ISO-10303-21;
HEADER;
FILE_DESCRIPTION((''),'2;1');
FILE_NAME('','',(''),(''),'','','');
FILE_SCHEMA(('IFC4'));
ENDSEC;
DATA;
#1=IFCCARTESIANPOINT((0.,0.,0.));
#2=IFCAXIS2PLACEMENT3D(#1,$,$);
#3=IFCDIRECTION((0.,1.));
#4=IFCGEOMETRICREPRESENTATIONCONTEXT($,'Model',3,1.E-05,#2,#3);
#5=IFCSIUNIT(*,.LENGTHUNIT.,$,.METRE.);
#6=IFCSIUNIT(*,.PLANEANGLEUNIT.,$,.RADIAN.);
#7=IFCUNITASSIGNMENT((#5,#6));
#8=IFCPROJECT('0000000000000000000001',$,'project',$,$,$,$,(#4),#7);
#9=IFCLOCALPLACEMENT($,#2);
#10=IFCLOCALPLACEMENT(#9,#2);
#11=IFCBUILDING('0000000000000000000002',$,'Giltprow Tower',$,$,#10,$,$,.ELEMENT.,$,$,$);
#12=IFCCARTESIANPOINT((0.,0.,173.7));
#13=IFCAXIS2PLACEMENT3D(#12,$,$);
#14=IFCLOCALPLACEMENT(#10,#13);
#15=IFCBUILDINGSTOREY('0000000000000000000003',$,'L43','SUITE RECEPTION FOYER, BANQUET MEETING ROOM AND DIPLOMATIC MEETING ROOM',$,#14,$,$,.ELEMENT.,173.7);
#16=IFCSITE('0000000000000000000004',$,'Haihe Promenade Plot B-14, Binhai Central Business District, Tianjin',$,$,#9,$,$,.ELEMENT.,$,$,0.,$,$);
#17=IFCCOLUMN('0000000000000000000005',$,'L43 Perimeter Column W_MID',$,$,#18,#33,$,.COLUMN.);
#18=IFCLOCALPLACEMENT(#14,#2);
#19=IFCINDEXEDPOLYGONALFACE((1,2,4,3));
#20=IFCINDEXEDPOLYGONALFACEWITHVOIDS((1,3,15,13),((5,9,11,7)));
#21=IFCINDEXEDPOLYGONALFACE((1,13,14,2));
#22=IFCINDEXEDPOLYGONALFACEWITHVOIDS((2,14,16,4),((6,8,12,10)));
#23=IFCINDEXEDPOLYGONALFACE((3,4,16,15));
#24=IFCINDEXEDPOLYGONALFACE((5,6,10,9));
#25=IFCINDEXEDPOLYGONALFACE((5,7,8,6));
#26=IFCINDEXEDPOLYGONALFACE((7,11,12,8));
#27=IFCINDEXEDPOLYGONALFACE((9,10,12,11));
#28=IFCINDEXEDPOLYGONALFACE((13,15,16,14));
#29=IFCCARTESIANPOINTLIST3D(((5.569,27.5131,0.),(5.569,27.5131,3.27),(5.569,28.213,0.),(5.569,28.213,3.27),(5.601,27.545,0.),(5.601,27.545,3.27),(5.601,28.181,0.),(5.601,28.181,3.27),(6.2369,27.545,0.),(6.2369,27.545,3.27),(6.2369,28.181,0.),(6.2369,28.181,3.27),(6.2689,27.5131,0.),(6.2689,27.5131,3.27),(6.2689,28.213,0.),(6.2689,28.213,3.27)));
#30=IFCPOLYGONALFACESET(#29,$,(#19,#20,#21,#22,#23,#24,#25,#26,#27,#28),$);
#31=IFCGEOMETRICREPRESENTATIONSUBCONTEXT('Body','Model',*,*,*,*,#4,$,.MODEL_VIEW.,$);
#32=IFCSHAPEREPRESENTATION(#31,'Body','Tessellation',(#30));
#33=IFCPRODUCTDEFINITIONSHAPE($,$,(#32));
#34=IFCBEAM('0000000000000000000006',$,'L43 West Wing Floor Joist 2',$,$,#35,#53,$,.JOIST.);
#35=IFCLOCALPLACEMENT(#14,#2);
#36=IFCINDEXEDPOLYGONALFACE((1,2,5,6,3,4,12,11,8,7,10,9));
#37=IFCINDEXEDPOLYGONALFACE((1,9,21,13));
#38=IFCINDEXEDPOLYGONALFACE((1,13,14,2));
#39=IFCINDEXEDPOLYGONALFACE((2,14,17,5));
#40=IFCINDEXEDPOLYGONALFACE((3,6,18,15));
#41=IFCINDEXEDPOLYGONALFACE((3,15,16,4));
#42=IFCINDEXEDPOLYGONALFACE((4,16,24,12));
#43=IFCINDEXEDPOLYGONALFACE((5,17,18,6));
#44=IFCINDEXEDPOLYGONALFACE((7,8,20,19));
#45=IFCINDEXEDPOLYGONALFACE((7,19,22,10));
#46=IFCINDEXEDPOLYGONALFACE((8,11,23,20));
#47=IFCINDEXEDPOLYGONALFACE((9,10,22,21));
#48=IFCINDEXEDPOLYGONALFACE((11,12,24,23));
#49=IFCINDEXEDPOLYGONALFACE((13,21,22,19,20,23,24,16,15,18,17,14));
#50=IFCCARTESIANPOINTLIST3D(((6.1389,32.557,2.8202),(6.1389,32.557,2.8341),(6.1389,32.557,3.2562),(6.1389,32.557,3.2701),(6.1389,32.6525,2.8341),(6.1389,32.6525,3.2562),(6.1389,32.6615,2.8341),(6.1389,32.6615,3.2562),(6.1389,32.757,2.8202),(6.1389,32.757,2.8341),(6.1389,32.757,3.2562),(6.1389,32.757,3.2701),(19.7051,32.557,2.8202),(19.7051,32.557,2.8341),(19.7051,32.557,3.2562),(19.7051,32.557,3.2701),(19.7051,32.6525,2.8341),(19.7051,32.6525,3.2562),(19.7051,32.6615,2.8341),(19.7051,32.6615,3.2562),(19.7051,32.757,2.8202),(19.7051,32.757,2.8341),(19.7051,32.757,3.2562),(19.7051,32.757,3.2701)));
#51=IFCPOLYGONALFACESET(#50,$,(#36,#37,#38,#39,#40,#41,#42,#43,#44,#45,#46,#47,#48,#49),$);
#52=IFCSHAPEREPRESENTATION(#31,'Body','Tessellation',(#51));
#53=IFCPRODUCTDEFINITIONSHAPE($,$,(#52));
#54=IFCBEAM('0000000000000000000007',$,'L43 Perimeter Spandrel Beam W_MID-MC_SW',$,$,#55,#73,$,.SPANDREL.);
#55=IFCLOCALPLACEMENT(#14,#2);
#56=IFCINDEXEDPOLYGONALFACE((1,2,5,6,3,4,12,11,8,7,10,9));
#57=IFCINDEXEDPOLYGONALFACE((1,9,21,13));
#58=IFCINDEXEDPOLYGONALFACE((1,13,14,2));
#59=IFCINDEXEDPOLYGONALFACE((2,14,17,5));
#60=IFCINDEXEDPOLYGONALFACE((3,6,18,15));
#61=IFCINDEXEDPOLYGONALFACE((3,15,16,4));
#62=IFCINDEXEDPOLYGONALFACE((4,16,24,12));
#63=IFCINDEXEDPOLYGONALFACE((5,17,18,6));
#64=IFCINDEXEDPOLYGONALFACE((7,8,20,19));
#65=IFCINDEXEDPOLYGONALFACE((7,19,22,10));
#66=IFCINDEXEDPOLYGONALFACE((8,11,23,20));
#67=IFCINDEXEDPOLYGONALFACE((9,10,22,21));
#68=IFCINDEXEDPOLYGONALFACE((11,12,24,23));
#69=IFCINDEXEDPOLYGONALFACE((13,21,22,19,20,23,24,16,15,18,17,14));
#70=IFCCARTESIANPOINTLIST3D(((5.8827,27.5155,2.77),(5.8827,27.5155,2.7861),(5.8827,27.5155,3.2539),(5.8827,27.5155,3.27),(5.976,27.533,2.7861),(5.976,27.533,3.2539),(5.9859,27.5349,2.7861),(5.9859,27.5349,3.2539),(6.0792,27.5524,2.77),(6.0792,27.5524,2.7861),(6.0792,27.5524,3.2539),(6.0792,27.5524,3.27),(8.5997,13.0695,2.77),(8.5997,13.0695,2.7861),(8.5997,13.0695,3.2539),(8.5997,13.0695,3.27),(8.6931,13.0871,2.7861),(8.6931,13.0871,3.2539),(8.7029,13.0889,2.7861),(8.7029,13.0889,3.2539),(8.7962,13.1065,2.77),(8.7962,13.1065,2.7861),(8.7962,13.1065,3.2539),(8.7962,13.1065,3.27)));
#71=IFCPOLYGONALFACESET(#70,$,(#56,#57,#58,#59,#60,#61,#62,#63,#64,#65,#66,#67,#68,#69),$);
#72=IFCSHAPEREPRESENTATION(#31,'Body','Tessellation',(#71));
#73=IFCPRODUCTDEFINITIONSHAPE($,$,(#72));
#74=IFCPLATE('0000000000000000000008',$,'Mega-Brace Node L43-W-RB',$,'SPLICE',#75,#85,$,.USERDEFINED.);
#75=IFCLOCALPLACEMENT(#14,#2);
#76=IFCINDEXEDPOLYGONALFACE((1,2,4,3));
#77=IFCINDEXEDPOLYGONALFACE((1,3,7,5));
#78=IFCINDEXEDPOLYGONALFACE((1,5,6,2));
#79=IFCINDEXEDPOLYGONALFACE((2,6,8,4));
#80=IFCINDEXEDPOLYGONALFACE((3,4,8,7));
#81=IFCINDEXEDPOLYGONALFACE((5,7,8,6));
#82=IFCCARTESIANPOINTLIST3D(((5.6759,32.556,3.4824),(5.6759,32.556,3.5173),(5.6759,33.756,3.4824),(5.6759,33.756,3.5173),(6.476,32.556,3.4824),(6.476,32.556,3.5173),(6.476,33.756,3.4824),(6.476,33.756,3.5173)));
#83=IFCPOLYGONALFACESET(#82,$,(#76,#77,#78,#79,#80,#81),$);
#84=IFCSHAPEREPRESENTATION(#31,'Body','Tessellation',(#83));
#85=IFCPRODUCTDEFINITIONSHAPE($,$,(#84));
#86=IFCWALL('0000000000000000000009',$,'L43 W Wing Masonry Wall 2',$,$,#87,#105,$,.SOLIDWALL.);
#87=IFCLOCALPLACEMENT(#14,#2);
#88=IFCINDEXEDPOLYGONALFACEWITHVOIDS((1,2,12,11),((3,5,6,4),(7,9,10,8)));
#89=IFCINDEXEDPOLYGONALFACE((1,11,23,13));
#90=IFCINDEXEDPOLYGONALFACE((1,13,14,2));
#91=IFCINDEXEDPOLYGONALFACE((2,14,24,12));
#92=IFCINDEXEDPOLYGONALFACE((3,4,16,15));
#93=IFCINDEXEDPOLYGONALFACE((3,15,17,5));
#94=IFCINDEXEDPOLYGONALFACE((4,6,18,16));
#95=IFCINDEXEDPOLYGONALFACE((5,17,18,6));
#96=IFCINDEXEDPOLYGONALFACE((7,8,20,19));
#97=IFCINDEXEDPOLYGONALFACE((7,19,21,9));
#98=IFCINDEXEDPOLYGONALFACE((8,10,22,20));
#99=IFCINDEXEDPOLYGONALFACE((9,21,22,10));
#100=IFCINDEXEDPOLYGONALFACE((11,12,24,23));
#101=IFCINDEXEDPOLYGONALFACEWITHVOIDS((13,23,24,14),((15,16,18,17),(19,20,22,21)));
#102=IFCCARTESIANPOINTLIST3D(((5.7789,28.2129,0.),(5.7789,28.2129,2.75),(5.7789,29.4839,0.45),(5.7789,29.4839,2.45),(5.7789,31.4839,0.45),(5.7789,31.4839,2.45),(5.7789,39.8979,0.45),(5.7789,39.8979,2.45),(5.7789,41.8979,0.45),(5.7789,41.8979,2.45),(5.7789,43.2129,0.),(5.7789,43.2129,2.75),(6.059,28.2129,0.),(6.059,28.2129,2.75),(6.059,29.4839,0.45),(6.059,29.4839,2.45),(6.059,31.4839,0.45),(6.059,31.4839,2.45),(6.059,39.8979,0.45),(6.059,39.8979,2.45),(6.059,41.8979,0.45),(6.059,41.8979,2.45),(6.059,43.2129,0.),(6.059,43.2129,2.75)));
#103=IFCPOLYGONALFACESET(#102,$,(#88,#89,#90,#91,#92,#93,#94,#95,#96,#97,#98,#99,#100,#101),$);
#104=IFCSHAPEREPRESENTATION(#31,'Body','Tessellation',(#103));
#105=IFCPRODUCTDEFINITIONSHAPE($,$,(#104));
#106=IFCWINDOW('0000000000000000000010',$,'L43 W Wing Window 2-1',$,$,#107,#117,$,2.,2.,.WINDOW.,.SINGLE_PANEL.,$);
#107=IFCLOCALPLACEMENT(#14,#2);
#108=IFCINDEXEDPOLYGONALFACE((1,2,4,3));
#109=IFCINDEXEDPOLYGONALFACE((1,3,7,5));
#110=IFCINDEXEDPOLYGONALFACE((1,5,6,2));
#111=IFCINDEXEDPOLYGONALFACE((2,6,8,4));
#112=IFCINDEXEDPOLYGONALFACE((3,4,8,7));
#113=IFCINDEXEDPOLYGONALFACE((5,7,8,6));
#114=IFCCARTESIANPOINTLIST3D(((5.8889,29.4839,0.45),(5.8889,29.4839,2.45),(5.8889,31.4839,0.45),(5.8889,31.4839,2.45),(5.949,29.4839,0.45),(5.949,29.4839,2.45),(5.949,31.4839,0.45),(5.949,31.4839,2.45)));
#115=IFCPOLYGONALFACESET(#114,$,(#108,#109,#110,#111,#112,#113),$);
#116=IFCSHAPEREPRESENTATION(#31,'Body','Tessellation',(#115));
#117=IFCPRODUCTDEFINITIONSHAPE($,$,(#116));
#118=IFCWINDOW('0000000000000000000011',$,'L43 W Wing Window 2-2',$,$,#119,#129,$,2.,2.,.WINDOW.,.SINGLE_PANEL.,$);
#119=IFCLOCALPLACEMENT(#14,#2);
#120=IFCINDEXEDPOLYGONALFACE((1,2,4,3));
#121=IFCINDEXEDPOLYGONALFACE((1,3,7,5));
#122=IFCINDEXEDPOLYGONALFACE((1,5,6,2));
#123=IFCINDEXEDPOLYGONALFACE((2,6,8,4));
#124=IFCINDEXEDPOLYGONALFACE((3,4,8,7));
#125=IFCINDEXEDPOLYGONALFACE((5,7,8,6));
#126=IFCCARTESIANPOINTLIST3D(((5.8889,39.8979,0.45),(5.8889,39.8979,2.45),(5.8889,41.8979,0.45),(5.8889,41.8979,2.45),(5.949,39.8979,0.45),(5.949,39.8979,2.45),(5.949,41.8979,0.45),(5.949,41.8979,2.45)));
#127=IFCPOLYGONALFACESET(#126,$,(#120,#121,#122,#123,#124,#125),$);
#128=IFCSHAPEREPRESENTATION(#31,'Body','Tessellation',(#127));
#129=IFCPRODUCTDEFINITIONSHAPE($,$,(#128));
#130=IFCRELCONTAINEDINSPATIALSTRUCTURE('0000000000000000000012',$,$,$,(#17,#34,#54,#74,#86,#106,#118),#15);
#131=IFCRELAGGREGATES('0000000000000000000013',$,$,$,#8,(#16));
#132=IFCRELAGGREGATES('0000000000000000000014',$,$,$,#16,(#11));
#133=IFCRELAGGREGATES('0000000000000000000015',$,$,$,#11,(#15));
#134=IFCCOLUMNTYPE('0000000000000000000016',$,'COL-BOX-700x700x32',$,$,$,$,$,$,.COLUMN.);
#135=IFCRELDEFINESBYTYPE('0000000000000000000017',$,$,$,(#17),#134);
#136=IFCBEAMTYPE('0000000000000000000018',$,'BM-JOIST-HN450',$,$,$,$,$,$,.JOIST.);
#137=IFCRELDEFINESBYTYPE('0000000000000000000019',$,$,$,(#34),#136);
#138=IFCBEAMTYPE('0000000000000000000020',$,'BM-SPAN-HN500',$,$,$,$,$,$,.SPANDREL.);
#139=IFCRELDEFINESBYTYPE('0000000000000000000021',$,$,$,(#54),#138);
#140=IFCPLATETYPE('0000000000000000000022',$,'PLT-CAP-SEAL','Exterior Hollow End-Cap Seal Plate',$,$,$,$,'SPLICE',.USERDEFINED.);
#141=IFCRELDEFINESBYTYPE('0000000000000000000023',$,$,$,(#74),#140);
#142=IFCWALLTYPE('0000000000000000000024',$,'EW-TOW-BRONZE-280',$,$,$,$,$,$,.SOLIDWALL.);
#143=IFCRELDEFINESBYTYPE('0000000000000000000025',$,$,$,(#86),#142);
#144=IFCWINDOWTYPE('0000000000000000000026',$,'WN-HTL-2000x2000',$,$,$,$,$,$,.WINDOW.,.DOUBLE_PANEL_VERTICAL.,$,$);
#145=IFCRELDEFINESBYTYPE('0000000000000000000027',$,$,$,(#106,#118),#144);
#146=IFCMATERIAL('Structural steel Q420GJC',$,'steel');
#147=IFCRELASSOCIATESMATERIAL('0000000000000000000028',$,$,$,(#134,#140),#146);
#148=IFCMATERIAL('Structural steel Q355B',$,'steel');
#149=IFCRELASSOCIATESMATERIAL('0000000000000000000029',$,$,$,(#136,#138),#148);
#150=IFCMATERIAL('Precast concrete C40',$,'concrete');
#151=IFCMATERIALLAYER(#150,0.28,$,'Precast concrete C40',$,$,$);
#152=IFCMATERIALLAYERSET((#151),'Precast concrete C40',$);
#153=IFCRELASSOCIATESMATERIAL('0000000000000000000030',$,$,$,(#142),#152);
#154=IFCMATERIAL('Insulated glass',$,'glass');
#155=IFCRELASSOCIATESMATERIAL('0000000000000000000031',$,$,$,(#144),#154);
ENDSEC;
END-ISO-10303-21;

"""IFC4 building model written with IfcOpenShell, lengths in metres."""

from ifc_helpers import new_model, si_unit, direction, frame, frame_2d, origin, origin_2d, place, context, subcontext, project, spatial, rectangle, hollow_rectangle, i_section, extrude, source, transform, mapped, material, layer, layer_set, material_profile, profile_set, type_object, element, fill, save


model = new_model("IFC4")

# Units and contexts
model_context = context("Model", 3, precision=1e-05, world=origin(), true_north=direction((0.0, 1.0)))
body_context = subcontext(model_context, "Body", "Model", "MODEL_VIEW")
ifc_project = project(units=[si_unit("LENGTHUNIT", "METRE"), si_unit("PLANEANGLEUNIT", "RADIAN")], contexts=[model_context])

# Site, building, storey
site_placement = place(None, origin())
site = spatial("IfcSite", under=ifc_project, at=site_placement, Name="Haihe Promenade Plot B-14, Binhai Central Business District, Tianjin", CompositionType="ELEMENT", RefElevation=0.0)
building_placement = place(site_placement, origin())
building = spatial("IfcBuilding", under=site, at=building_placement, Name="Giltprow Tower", CompositionType="ELEMENT")
storey_placement = place(building_placement, frame((0.0, 0.0, 173.7)))
storey = spatial("IfcBuildingStorey", under=building, at=storey_placement, Name="L43", Description="SUITE RECEPTION FOYER, BANQUET MEETING ROOM AND DIPLOMATIC MEETING ROOM", CompositionType="ELEMENT", Elevation=173.7)

# Column
ifc_material_1 = material(Name="Structural steel Q420GJC", Category="steel")
ifc_material_profile_1 = material_profile(ifc_material_1, hollow_rectangle(XDim=0.7, YDim=0.7, WallThickness=0.032, at=origin_2d()), Name="BOX 700x700x32")
ifc_profile_set_1 = profile_set([ifc_material_profile_1], Name="Structural steel Q420GJC")
column_type = type_object("IfcColumnType", Name="COL-BOX-700x700x32", PredefinedType="COLUMN", material=ifc_profile_set_1)
shared_shape_1 = source(origin(), body_context, "Body", "SweptSolid", [
    extrude(hollow_rectangle(XDim=0.7, YDim=0.7, WallThickness=0.032, at=origin_2d()), origin(), (0.0, 0.0, 1.0), 3.27),
])
column_placement = place(storey_placement, frame((5.9189, 27.863, 0.0), z_axis=(0.0, 0.0, 1.0), x_axis=(1.0, 0.0, 0.0)))
element("IfcColumn", 1, at=column_placement, inside=storey, type_object=column_type, Name="L43 Perimeter Column W_MID", PredefinedType="COLUMN", context=body_context, shape_type="MappedRepresentation", body=[
    mapped(shared_shape_1, transform((0.0, 0.0, 0.0), x_axis=(1.0, 0.0, 0.0), y_axis=(0.0, 1.0, 0.0), z_axis=(0.0, 0.0, 1.0), scale=1.0)),
])

# Beams
ifc_material_2 = material(Name="Structural steel Q355B", Category="steel")
ifc_material_profile_2 = material_profile(ifc_material_2, i_section(OverallWidth=0.2, OverallDepth=0.45, WebThickness=0.009, FlangeThickness=0.0139, at=origin_2d()), Name="HN 450x200x9x14")
ifc_profile_set_2 = profile_set([ifc_material_profile_2], Name="Structural steel Q355B")
beam_type_1 = type_object("IfcBeamType", Name="BM-JOIST-HN450", PredefinedType="JOIST", material=ifc_profile_set_2)
shared_shape_2 = source(origin(), body_context, "Body", "SweptSolid", [
    extrude(i_section(OverallWidth=0.2, OverallDepth=0.45, WebThickness=0.009, FlangeThickness=0.0139, at=origin_2d()), origin(), (0.0, 0.0, 1.0), 13.5662),
])
beam_1_placement = place(storey_placement, frame((6.1389, 32.657, 3.0452), z_axis=(1.0, 0.0, 0.0), x_axis=(0.0, 1.0, 0.0)))
element("IfcBeam", 2, at=beam_1_placement, inside=storey, type_object=beam_type_1, Name="L43 West Wing Floor Joist 2", PredefinedType="JOIST", context=body_context, shape_type="MappedRepresentation", body=[
    mapped(shared_shape_2, transform((0.0, 0.0, 0.0), x_axis=(1.0, 0.0, 0.0), y_axis=(0.0, 1.0, 0.0), z_axis=(0.0, 0.0, 1.0), scale=1.0)),
])
ifc_material_profile_3 = material_profile(ifc_material_2, i_section(OverallWidth=0.2, OverallDepth=0.5, WebThickness=0.01, FlangeThickness=0.0161, at=origin_2d()), Name="HN 500x200x10x16")
ifc_profile_set_3 = profile_set([ifc_material_profile_3], Name="Structural steel Q355B")
beam_type_2 = type_object("IfcBeamType", Name="BM-SPAN-HN500", PredefinedType="SPANDREL", material=ifc_profile_set_3)
shared_shape_3 = source(origin(), body_context, "Body", "SweptSolid", [
    extrude(i_section(OverallWidth=0.2, OverallDepth=0.5, WebThickness=0.01, FlangeThickness=0.0161, at=origin_2d()), origin(), (0.0, 0.0, 1.0), 14.6992),
])
beam_2_placement = place(storey_placement, frame((5.981, 27.5339, 3.02), z_axis=(0.184841, -0.982768, 0.0), x_axis=(0.982768, 0.184841, 0.0)))
element("IfcBeam", 3, at=beam_2_placement, inside=storey, type_object=beam_type_2, Name="L43 Perimeter Spandrel Beam W_MID-MC_SW", PredefinedType="SPANDREL", context=body_context, shape_type="MappedRepresentation", body=[
    mapped(shared_shape_3, transform((0.0, 0.0, 0.0), x_axis=(1.0, 0.0, 0.0), y_axis=(0.0, 1.0, 0.0), z_axis=(0.0, 0.0, 1.0), scale=1.0)),
])

# Plate
plate_type = type_object("IfcPlateType", Name="PLT-CAP-SEAL", Description="Exterior Hollow End-Cap Seal Plate", ElementType="SPLICE", PredefinedType="USERDEFINED", material=ifc_material_1)
shared_shape_4 = source(origin(), body_context, "Body", "SweptSolid", [
    extrude(rectangle(XDim=1.2, YDim=0.8, at=origin_2d()), origin(), (0.0, 0.0, 1.0), 0.0349),
])
plate_placement = place(storey_placement, frame((6.0759, 33.156, 3.4824), z_axis=(0.0, 0.0, 1.0), x_axis=(0.0, 1.0, 0.0)))
element("IfcPlate", 4, at=plate_placement, inside=storey, type_object=plate_type, Name="Mega-Brace Node L43-W-RB", ObjectType="SPLICE", PredefinedType="USERDEFINED", context=body_context, shape_type="MappedRepresentation", body=[
    mapped(shared_shape_4, transform((0.0, 0.0, 0.0), x_axis=(1.0, 0.0, 0.0), y_axis=(0.0, 1.0, 0.0), z_axis=(0.0, 0.0, 1.0), scale=1.0)),
])

# Wall, openings, windows
ifc_material_3 = material(Name="Precast concrete C40", Category="concrete")
ifc_layer_1 = layer(ifc_material_3, 0.28, Name="Precast concrete C40")
ifc_layer_set_1 = layer_set([ifc_layer_1], Name="Precast concrete C40")
wall_type_1 = type_object("IfcWallType", Name="EW-TOW-BRONZE-280", PredefinedType="SOLIDWALL", material=ifc_layer_set_1)
wall_1_placement = place(storey_placement, frame((5.9189, 28.2129, 0.0), z_axis=(0.0, 0.0, 1.0), x_axis=(0.0, 1.0, 0.0)))
wall_1 = element("IfcWall", 5, at=wall_1_placement, inside=storey, type_object=wall_type_1, Name="L43 W Wing Masonry Wall 2", PredefinedType="SOLIDWALL", context=body_context, shape_type="SweptSolid", body=[
    extrude(rectangle(XDim=15.0, YDim=0.28, at=frame_2d((7.5, 0.0))), origin(), (0.0, 0.0, 1.0), 2.75),
])
opening_1_placement = place(wall_1_placement, frame((1.271, 0.0, 0.45)))
opening_1 = element("IfcOpeningElement", 6, at=opening_1_placement, cuts=wall_1, PredefinedType="OPENING", context=body_context, shape_type="SweptSolid", body=[
    extrude(rectangle(XDim=2.0, YDim=2.0, at=frame_2d((1.0, 1.0))), frame((0.0, 0.1499, 0.0), z_axis=(0.0, -1.0, 0.0), x_axis=(1.0, 0.0, 0.0)), (0.0, 0.0, 1.0), 0.3),
])
opening_2_placement = place(wall_1_placement, frame((11.6851, 0.0, 0.45)))
opening_2 = element("IfcOpeningElement", 7, at=opening_2_placement, cuts=wall_1, PredefinedType="OPENING", context=body_context, shape_type="SweptSolid", body=[
    extrude(rectangle(XDim=2.0, YDim=2.0, at=frame_2d((1.0, 1.0))), frame((0.0, 0.1499, 0.0), z_axis=(0.0, -1.0, 0.0), x_axis=(1.0, 0.0, 0.0)), (0.0, 0.0, 1.0), 0.3),
])
ifc_material_4 = material(Name="Insulated glass", Category="glass")
window_type = type_object("IfcWindowType", Name="WN-HTL-2000x2000", PartitioningType="DOUBLE_PANEL_VERTICAL", PredefinedType="WINDOW", material=ifc_material_4)
shared_shape_5 = source(origin(), body_context, "Body", "SweptSolid", [
    extrude(rectangle(XDim=2.0, YDim=2.0, at=frame_2d((1.0, 1.0))), frame((0.0, 0.03, 0.0), z_axis=(0.0, -1.0, 0.0), x_axis=(1.0, 0.0, 0.0)), (0.0, 0.0, 1.0), 0.0601),
])
window_1_placement = place(opening_1_placement, origin())
window_1 = element("IfcWindow", 8, at=window_1_placement, inside=storey, type_object=window_type, Name="L43 W Wing Window 2-1", OverallHeight=2.0, OverallWidth=2.0, PartitioningType="SINGLE_PANEL", PredefinedType="WINDOW", context=body_context, shape_type="MappedRepresentation", body=[
    mapped(shared_shape_5, transform((0.0, 0.0, 0.0), x_axis=(1.0, 0.0, 0.0), y_axis=(0.0, 1.0, 0.0), z_axis=(0.0, 0.0, 1.0), scale=1.0)),
])
fill(opening_1, window_1)
window_2_placement = place(opening_2_placement, origin())
window_2 = element("IfcWindow", 9, at=window_2_placement, inside=storey, type_object=window_type, Name="L43 W Wing Window 2-2", OverallHeight=2.0, OverallWidth=2.0, PartitioningType="SINGLE_PANEL", PredefinedType="WINDOW", context=body_context, shape_type="MappedRepresentation", body=[
    mapped(shared_shape_5, transform((0.0, 0.0, 0.0), x_axis=(1.0, 0.0, 0.0), y_axis=(0.0, 1.0, 0.0), z_axis=(0.0, 0.0, 1.0), scale=1.0)),
])
fill(opening_2, window_2)

save(model, "model.ifc")
